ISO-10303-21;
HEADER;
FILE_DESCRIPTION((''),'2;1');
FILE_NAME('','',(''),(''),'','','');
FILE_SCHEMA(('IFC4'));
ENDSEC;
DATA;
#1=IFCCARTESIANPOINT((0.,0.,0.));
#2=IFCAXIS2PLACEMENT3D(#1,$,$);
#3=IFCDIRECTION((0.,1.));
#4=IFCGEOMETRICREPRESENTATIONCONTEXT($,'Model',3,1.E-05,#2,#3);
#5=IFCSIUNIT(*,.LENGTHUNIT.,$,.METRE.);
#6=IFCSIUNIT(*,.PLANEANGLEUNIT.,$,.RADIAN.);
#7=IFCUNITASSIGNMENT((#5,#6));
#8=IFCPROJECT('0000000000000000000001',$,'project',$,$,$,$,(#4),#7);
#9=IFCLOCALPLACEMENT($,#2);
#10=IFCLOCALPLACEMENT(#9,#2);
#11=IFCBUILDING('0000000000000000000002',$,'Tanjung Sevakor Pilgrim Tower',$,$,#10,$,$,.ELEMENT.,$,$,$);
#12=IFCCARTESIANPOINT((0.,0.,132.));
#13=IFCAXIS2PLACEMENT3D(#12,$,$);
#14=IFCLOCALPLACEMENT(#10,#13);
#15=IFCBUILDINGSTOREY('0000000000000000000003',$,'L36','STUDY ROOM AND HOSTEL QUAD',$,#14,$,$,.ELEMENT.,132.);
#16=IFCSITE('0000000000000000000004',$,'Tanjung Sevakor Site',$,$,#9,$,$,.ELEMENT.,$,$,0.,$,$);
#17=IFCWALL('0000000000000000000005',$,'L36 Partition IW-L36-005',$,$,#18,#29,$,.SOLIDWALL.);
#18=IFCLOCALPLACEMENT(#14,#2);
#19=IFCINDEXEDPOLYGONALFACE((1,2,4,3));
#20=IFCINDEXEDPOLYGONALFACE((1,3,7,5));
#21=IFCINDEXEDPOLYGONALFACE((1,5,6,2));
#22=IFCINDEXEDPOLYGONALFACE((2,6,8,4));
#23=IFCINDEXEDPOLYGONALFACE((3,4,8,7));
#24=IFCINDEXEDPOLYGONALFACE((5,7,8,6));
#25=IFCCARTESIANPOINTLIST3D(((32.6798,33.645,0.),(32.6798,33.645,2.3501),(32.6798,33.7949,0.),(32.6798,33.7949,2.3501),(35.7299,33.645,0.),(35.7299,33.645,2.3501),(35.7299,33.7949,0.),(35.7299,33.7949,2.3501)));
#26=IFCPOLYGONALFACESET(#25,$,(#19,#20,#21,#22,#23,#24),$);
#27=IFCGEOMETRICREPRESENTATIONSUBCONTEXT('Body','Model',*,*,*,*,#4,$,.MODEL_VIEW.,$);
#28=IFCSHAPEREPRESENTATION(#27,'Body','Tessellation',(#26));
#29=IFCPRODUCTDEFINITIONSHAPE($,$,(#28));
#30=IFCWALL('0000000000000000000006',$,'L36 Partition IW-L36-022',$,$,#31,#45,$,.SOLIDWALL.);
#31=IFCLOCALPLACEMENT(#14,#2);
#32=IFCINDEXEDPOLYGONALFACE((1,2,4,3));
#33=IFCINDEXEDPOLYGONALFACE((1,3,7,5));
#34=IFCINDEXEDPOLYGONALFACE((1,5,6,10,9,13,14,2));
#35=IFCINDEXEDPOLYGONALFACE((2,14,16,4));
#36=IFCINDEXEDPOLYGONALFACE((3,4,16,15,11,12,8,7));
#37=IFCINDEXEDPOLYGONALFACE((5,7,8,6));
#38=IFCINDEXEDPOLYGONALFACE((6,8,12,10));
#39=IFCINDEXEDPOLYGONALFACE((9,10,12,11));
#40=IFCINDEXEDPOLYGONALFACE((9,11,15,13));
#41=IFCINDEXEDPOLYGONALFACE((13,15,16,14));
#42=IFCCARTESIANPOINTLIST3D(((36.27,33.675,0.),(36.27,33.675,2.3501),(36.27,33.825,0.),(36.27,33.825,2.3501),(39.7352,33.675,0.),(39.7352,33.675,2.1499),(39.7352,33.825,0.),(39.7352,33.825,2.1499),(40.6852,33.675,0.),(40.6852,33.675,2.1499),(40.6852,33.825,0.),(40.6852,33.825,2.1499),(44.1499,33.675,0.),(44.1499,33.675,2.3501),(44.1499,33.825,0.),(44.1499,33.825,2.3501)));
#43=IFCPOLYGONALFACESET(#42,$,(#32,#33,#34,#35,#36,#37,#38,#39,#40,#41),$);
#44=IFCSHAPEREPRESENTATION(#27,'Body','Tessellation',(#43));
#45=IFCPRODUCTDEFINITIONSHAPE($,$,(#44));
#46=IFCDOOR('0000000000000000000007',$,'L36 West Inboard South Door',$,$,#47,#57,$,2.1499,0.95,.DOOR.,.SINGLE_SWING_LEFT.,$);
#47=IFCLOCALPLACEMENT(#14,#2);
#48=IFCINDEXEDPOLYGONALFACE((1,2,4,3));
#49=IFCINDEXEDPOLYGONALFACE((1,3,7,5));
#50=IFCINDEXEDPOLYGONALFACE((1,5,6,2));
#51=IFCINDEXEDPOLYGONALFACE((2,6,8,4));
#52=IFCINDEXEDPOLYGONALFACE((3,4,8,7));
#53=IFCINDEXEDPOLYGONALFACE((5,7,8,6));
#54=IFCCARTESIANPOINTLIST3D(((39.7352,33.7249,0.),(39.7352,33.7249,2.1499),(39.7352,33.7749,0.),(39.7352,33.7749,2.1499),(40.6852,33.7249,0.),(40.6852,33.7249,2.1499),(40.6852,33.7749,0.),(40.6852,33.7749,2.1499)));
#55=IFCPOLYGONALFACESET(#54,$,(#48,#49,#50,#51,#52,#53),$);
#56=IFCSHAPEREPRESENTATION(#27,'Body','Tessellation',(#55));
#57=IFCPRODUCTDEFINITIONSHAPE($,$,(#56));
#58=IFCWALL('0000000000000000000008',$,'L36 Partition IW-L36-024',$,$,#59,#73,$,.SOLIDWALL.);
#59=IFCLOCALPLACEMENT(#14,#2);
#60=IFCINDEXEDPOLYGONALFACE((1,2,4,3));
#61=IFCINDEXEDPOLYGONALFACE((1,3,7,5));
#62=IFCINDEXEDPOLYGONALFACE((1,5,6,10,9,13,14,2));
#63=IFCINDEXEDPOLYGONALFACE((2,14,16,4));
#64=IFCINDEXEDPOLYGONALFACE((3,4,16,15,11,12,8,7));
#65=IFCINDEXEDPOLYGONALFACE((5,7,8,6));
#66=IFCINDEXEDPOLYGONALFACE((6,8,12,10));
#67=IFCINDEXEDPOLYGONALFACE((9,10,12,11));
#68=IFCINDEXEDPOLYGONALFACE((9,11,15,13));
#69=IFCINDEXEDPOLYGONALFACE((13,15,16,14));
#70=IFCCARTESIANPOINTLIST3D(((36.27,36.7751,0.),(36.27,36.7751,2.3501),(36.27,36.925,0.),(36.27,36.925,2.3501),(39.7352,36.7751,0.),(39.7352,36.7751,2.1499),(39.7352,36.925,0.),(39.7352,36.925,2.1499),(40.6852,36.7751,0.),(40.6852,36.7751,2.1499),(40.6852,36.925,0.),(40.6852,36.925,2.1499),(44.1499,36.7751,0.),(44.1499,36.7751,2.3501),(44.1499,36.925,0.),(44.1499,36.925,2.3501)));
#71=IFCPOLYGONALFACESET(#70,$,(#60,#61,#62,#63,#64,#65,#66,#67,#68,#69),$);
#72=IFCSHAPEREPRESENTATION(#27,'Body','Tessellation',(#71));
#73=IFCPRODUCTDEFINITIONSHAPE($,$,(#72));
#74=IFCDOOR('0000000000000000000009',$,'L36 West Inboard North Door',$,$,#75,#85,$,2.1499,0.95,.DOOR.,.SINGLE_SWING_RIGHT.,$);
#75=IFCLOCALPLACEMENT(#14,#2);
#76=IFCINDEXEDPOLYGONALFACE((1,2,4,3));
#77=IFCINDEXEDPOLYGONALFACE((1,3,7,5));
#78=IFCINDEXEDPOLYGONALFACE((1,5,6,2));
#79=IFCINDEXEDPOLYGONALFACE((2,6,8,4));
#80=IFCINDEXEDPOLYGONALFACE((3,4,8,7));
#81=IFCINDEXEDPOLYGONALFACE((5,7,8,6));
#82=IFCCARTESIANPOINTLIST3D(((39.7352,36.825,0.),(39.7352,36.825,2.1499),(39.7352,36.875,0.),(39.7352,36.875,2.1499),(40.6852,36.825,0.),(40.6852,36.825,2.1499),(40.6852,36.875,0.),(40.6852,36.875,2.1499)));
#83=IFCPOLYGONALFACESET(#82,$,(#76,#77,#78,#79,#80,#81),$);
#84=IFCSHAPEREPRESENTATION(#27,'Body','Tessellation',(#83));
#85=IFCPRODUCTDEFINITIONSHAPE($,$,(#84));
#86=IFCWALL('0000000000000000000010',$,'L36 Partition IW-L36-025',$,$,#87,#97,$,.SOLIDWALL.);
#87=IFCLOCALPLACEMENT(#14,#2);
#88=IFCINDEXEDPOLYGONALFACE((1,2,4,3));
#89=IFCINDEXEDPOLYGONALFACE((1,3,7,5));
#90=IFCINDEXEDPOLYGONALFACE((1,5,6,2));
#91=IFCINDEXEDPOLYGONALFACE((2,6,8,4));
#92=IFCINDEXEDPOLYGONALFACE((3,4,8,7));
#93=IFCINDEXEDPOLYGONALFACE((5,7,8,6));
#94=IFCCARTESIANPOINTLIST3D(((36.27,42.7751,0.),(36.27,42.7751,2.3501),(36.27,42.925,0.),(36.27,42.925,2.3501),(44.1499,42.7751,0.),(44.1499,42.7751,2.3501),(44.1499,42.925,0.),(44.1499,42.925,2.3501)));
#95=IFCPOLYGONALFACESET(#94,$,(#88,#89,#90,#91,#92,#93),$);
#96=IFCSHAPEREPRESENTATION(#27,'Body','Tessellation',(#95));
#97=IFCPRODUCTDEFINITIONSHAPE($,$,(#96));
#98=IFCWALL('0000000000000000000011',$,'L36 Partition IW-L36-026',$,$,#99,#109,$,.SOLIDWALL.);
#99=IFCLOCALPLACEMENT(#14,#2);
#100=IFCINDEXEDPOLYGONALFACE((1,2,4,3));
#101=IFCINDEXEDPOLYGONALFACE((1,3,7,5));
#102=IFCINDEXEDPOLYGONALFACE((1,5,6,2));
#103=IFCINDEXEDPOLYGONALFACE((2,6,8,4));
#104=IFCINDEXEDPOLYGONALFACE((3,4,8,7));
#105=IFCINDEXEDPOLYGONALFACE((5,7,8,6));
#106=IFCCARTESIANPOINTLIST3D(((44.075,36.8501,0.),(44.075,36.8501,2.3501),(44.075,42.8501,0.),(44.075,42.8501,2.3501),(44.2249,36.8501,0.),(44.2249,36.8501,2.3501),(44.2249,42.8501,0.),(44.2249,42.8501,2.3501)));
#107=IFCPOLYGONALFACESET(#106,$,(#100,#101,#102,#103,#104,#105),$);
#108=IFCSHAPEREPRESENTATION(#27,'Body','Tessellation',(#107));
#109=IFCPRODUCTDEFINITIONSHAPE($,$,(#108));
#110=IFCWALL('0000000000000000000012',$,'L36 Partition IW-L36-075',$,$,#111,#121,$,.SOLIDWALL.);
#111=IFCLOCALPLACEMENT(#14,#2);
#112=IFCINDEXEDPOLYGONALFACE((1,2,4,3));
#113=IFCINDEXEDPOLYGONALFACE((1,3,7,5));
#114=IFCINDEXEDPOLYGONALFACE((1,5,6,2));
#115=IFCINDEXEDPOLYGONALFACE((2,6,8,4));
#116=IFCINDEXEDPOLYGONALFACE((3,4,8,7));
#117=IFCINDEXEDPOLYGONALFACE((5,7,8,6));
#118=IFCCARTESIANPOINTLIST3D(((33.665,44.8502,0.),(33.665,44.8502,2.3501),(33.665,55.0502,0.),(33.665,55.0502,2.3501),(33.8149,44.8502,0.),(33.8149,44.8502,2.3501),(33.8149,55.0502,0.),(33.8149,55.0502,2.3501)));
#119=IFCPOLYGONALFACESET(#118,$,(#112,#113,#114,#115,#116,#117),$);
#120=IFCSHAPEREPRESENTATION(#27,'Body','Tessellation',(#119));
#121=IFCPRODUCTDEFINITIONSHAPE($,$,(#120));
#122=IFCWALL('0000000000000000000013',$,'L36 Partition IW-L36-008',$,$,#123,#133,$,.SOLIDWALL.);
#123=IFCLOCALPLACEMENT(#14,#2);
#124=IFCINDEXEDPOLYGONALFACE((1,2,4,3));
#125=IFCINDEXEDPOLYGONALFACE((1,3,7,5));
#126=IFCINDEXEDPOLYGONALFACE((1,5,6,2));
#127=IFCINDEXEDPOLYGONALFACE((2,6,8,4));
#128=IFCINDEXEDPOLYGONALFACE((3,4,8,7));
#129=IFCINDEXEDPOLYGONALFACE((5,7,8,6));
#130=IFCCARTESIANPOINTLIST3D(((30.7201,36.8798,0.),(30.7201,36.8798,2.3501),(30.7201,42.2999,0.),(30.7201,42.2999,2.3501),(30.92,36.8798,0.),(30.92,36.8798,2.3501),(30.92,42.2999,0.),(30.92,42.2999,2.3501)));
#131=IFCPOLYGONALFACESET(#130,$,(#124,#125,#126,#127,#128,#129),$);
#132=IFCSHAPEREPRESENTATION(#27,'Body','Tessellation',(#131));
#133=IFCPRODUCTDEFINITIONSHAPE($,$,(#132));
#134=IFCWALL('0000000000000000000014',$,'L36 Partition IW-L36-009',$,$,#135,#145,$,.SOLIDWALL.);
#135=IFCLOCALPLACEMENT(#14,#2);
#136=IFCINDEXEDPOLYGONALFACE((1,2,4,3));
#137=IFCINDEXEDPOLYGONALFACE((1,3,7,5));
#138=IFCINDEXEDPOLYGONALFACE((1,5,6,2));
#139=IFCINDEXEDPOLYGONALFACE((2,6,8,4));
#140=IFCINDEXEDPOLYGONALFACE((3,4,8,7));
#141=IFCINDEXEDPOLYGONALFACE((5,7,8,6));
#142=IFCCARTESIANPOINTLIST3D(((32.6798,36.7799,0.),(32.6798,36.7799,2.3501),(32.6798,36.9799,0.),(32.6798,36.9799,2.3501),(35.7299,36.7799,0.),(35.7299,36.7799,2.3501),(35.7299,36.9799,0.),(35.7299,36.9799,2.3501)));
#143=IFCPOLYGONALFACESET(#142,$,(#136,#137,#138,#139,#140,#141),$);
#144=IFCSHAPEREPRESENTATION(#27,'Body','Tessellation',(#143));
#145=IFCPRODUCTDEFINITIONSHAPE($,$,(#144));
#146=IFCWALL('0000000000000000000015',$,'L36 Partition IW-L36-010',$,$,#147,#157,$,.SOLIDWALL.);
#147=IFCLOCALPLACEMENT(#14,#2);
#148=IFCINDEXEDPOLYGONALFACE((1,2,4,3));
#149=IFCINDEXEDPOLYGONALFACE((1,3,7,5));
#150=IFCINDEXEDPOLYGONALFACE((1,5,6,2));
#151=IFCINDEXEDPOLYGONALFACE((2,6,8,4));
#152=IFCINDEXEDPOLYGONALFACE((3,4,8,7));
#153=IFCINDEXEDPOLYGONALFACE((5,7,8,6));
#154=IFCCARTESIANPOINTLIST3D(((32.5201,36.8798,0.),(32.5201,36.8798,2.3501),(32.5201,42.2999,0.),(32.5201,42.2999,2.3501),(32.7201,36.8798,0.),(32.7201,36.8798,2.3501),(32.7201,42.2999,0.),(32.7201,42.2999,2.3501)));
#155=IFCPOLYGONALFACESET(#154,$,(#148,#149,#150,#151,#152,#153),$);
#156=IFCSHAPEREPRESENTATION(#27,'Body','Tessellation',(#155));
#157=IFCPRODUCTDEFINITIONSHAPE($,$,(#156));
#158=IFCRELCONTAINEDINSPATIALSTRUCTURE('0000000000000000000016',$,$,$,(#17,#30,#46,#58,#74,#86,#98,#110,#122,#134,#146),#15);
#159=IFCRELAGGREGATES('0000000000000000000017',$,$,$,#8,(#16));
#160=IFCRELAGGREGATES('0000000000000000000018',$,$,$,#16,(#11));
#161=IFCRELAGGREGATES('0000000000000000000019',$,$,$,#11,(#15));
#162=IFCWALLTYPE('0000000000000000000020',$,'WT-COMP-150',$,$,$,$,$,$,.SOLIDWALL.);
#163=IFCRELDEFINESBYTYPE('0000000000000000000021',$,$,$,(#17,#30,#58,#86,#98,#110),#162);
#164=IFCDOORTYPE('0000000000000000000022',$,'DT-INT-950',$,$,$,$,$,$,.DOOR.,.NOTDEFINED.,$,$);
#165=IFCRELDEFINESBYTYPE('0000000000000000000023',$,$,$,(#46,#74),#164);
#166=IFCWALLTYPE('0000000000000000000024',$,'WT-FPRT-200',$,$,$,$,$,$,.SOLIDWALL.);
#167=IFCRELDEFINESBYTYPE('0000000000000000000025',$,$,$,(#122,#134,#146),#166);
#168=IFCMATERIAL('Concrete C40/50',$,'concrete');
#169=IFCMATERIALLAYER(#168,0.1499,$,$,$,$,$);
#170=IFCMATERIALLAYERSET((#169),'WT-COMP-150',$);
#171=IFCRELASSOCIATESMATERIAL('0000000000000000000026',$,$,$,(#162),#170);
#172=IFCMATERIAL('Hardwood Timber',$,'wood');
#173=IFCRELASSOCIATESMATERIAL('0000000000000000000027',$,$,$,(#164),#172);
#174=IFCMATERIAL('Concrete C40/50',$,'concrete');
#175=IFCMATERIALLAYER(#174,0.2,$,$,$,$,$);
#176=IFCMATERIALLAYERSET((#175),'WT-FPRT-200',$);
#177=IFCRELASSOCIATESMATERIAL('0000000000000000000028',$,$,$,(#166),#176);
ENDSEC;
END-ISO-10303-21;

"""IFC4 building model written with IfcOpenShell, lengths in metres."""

from ifc_helpers import new_model, si_unit, direction, frame, frame_2d, origin, place, context, subcontext, project, spatial, rectangle, extrude, material, layer, layer_set, type_object, element, fill, save


model = new_model("IFC4")

# Units and contexts
model_context = context("Model", 3, precision=1e-05, world=origin(), true_north=direction((0.0, 1.0)))
body_context = subcontext(model_context, "Body", "Model", "MODEL_VIEW")
ifc_project = project(units=[si_unit("LENGTHUNIT", "METRE"), si_unit("PLANEANGLEUNIT", "RADIAN")], contexts=[model_context])

# Site, building, storey
site_placement = place(None, origin())
site = spatial("IfcSite", under=ifc_project, at=site_placement, Name="Tanjung Sevakor Site", CompositionType="ELEMENT", RefElevation=0.0)
building_placement = place(site_placement, origin())
building = spatial("IfcBuilding", under=site, at=building_placement, Name="Tanjung Sevakor Pilgrim Tower", CompositionType="ELEMENT")
storey_placement = place(building_placement, frame((0.0, 0.0, 132.0)))
storey = spatial("IfcBuildingStorey", under=building, at=storey_placement, Name="L36", Description="STUDY ROOM AND HOSTEL QUAD", CompositionType="ELEMENT", Elevation=132.0)

# Shared definitions
ifc_material_1 = material(Name="Concrete C40/50", Category="concrete")
ifc_layer_1 = layer(ifc_material_1, 0.1499)
ifc_layer_set_1 = layer_set([ifc_layer_1], Name="WT-COMP-150")
wall_type_1 = type_object("IfcWallType", Name="WT-COMP-150", PredefinedType="SOLIDWALL", material=ifc_layer_set_1)

# Wall
wall_1_placement = place(storey_placement, frame((32.6799, 33.72, 0.0), z_axis=(0.0, 0.0, 1.0), x_axis=(1.0, 0.0, 0.0)))
element("IfcWall", 1, at=wall_1_placement, inside=storey, type_object=wall_type_1, Name="L36 Partition IW-L36-005", PredefinedType="SOLIDWALL", context=body_context, shape_type="SweptSolid", body=[
    extrude(rectangle(XDim=3.05, YDim=0.1499, at=frame_2d((1.5249, 0.0))), origin(), (0.0, 0.0, 1.0), 2.3501),
])

# Walls, openings, doors
wall_2_placement = place(storey_placement, frame((36.27, 33.75, 0.0), z_axis=(0.0, 0.0, 1.0), x_axis=(1.0, 0.0, 0.0)))
wall_2 = element("IfcWall", 2, at=wall_2_placement, inside=storey, type_object=wall_type_1, Name="L36 Partition IW-L36-022", PredefinedType="SOLIDWALL", context=body_context, shape_type="SweptSolid", body=[
    extrude(rectangle(XDim=7.8799, YDim=0.1499, at=frame_2d((3.9399, 0.0))), origin(), (0.0, 0.0, 1.0), 2.3501),
])
opening_1_placement = place(wall_2_placement, frame((3.4651, 0.0, 0.0)))
opening_1 = element("IfcOpeningElement", 3, at=opening_1_placement, cuts=wall_2, PredefinedType="OPENING", context=body_context, shape_type="SweptSolid", body=[
    extrude(rectangle(XDim=0.95, YDim=2.1499, at=frame_2d((0.4751, 1.075))), frame((0.0, 0.085, 0.0), z_axis=(0.0, -1.0, 0.0), x_axis=(1.0, 0.0, 0.0)), (0.0, 0.0, 1.0), 0.1699),
])
ifc_material_2 = material(Name="Hardwood Timber", Category="wood")
door_type_1 = type_object("IfcDoorType", Name="DT-INT-950", OperationType="NOTDEFINED", PredefinedType="DOOR", material=ifc_material_2)
door_1_placement = place(opening_1_placement, origin())
door_1 = element("IfcDoor", 4, at=door_1_placement, inside=storey, type_object=door_type_1, Name="L36 West Inboard South Door", OperationType="SINGLE_SWING_LEFT", OverallHeight=2.1499, OverallWidth=0.95, PredefinedType="DOOR", context=body_context, shape_type="SweptSolid", body=[
    extrude(rectangle(XDim=0.95, YDim=2.1499, at=frame_2d((0.4751, 1.075))), frame((0.0, 0.0249, 0.0), z_axis=(0.0, -1.0, 0.0), x_axis=(1.0, 0.0, 0.0)), (0.0, 0.0, 1.0), 0.05),
])
fill(opening_1, door_1)
wall_3_placement = place(storey_placement, frame((36.27, 36.8501, 0.0), z_axis=(0.0, 0.0, 1.0), x_axis=(1.0, 0.0, 0.0)))
wall_3 = element("IfcWall", 5, at=wall_3_placement, inside=storey, type_object=wall_type_1, Name="L36 Partition IW-L36-024", PredefinedType="SOLIDWALL", context=body_context, shape_type="SweptSolid", body=[
    extrude(rectangle(XDim=7.8799, YDim=0.1499, at=frame_2d((3.9399, 0.0))), origin(), (0.0, 0.0, 1.0), 2.3501),
])
opening_2_placement = place(wall_3_placement, frame((3.4651, 0.0, 0.0)))
opening_2 = element("IfcOpeningElement", 6, at=opening_2_placement, cuts=wall_3, PredefinedType="OPENING", context=body_context, shape_type="SweptSolid", body=[
    extrude(rectangle(XDim=0.95, YDim=2.1499, at=frame_2d((0.4751, 1.075))), frame((0.0, 0.085, 0.0), z_axis=(0.0, -1.0, 0.0), x_axis=(1.0, 0.0, 0.0)), (0.0, 0.0, 1.0), 0.1699),
])
door_2_placement = place(opening_2_placement, origin())
door_2 = element("IfcDoor", 7, at=door_2_placement, inside=storey, type_object=door_type_1, Name="L36 West Inboard North Door", OperationType="SINGLE_SWING_RIGHT", OverallHeight=2.1499, OverallWidth=0.95, PredefinedType="DOOR", context=body_context, shape_type="SweptSolid", body=[
    extrude(rectangle(XDim=0.95, YDim=2.1499, at=frame_2d((0.4751, 1.075))), frame((0.0, 0.0249, 0.0), z_axis=(0.0, -1.0, 0.0), x_axis=(1.0, 0.0, 0.0)), (0.0, 0.0, 1.0), 0.05),
])
fill(opening_2, door_2)

# Walls
wall_4_placement = place(storey_placement, frame((36.27, 42.8501, 0.0), z_axis=(0.0, 0.0, 1.0), x_axis=(1.0, 0.0, 0.0)))
element("IfcWall", 8, at=wall_4_placement, inside=storey, type_object=wall_type_1, Name="L36 Partition IW-L36-025", PredefinedType="SOLIDWALL", context=body_context, shape_type="SweptSolid", body=[
    extrude(rectangle(XDim=7.8799, YDim=0.1499, at=frame_2d((3.9399, 0.0))), origin(), (0.0, 0.0, 1.0), 2.3501),
])
wall_5_placement = place(storey_placement, frame((44.1499, 36.8501, 0.0), z_axis=(0.0, 0.0, 1.0), x_axis=(0.0, 1.0, 0.0)))
element("IfcWall", 9, at=wall_5_placement, inside=storey, type_object=wall_type_1, Name="L36 Partition IW-L36-026", PredefinedType="SOLIDWALL", context=body_context, shape_type="SweptSolid", body=[
    extrude(rectangle(XDim=6.0, YDim=0.1499, at=frame_2d((3.0, 0.0))), origin(), (0.0, 0.0, 1.0), 2.3501),
])
wall_6_placement = place(storey_placement, frame((33.74, 44.8501, 0.0), z_axis=(0.0, 0.0, 1.0), x_axis=(0.0, 1.0, 0.0)))
element("IfcWall", 10, at=wall_6_placement, inside=storey, type_object=wall_type_1, Name="L36 Partition IW-L36-075", PredefinedType="SOLIDWALL", context=body_context, shape_type="SweptSolid", body=[
    extrude(rectangle(XDim=10.2, YDim=0.1499, at=frame_2d((5.1001, 0.0))), origin(), (0.0, 0.0, 1.0), 2.3501),
])
ifc_material_3 = material(Name="Concrete C40/50", Category="concrete")
ifc_layer_2 = layer(ifc_material_3, 0.2)
ifc_layer_set_2 = layer_set([ifc_layer_2], Name="WT-FPRT-200")
wall_type_2 = type_object("IfcWallType", Name="WT-FPRT-200", PredefinedType="SOLIDWALL", material=ifc_layer_set_2)
wall_7_placement = place(storey_placement, frame((30.8201, 36.8799, 0.0), z_axis=(0.0, 0.0, 1.0), x_axis=(0.0, 1.0, 0.0)))
element("IfcWall", 11, at=wall_7_placement, inside=storey, type_object=wall_type_2, Name="L36 Partition IW-L36-008", PredefinedType="SOLIDWALL", context=body_context, shape_type="SweptSolid", body=[
    extrude(rectangle(XDim=5.4202, YDim=0.2, at=frame_2d((2.71, 0.0))), origin(), (0.0, 0.0, 1.0), 2.3501),
])
wall_8_placement = place(storey_placement, frame((32.6799, 36.8799, 0.0), z_axis=(0.0, 0.0, 1.0), x_axis=(1.0, 0.0, 0.0)))
element("IfcWall", 12, at=wall_8_placement, inside=storey, type_object=wall_type_2, Name="L36 Partition IW-L36-009", PredefinedType="SOLIDWALL", context=body_context, shape_type="SweptSolid", body=[
    extrude(rectangle(XDim=3.05, YDim=0.2, at=frame_2d((1.5249, 0.0))), origin(), (0.0, 0.0, 1.0), 2.3501),
])
wall_9_placement = place(storey_placement, frame((32.6201, 36.8799, 0.0), z_axis=(0.0, 0.0, 1.0), x_axis=(0.0, 1.0, 0.0)))
element("IfcWall", 13, at=wall_9_placement, inside=storey, type_object=wall_type_2, Name="L36 Partition IW-L36-010", PredefinedType="SOLIDWALL", context=body_context, shape_type="SweptSolid", body=[
    extrude(rectangle(XDim=5.4202, YDim=0.2, at=frame_2d((2.71, 0.0))), origin(), (0.0, 0.0, 1.0), 2.3501),
])

save(model, "model.ifc")
